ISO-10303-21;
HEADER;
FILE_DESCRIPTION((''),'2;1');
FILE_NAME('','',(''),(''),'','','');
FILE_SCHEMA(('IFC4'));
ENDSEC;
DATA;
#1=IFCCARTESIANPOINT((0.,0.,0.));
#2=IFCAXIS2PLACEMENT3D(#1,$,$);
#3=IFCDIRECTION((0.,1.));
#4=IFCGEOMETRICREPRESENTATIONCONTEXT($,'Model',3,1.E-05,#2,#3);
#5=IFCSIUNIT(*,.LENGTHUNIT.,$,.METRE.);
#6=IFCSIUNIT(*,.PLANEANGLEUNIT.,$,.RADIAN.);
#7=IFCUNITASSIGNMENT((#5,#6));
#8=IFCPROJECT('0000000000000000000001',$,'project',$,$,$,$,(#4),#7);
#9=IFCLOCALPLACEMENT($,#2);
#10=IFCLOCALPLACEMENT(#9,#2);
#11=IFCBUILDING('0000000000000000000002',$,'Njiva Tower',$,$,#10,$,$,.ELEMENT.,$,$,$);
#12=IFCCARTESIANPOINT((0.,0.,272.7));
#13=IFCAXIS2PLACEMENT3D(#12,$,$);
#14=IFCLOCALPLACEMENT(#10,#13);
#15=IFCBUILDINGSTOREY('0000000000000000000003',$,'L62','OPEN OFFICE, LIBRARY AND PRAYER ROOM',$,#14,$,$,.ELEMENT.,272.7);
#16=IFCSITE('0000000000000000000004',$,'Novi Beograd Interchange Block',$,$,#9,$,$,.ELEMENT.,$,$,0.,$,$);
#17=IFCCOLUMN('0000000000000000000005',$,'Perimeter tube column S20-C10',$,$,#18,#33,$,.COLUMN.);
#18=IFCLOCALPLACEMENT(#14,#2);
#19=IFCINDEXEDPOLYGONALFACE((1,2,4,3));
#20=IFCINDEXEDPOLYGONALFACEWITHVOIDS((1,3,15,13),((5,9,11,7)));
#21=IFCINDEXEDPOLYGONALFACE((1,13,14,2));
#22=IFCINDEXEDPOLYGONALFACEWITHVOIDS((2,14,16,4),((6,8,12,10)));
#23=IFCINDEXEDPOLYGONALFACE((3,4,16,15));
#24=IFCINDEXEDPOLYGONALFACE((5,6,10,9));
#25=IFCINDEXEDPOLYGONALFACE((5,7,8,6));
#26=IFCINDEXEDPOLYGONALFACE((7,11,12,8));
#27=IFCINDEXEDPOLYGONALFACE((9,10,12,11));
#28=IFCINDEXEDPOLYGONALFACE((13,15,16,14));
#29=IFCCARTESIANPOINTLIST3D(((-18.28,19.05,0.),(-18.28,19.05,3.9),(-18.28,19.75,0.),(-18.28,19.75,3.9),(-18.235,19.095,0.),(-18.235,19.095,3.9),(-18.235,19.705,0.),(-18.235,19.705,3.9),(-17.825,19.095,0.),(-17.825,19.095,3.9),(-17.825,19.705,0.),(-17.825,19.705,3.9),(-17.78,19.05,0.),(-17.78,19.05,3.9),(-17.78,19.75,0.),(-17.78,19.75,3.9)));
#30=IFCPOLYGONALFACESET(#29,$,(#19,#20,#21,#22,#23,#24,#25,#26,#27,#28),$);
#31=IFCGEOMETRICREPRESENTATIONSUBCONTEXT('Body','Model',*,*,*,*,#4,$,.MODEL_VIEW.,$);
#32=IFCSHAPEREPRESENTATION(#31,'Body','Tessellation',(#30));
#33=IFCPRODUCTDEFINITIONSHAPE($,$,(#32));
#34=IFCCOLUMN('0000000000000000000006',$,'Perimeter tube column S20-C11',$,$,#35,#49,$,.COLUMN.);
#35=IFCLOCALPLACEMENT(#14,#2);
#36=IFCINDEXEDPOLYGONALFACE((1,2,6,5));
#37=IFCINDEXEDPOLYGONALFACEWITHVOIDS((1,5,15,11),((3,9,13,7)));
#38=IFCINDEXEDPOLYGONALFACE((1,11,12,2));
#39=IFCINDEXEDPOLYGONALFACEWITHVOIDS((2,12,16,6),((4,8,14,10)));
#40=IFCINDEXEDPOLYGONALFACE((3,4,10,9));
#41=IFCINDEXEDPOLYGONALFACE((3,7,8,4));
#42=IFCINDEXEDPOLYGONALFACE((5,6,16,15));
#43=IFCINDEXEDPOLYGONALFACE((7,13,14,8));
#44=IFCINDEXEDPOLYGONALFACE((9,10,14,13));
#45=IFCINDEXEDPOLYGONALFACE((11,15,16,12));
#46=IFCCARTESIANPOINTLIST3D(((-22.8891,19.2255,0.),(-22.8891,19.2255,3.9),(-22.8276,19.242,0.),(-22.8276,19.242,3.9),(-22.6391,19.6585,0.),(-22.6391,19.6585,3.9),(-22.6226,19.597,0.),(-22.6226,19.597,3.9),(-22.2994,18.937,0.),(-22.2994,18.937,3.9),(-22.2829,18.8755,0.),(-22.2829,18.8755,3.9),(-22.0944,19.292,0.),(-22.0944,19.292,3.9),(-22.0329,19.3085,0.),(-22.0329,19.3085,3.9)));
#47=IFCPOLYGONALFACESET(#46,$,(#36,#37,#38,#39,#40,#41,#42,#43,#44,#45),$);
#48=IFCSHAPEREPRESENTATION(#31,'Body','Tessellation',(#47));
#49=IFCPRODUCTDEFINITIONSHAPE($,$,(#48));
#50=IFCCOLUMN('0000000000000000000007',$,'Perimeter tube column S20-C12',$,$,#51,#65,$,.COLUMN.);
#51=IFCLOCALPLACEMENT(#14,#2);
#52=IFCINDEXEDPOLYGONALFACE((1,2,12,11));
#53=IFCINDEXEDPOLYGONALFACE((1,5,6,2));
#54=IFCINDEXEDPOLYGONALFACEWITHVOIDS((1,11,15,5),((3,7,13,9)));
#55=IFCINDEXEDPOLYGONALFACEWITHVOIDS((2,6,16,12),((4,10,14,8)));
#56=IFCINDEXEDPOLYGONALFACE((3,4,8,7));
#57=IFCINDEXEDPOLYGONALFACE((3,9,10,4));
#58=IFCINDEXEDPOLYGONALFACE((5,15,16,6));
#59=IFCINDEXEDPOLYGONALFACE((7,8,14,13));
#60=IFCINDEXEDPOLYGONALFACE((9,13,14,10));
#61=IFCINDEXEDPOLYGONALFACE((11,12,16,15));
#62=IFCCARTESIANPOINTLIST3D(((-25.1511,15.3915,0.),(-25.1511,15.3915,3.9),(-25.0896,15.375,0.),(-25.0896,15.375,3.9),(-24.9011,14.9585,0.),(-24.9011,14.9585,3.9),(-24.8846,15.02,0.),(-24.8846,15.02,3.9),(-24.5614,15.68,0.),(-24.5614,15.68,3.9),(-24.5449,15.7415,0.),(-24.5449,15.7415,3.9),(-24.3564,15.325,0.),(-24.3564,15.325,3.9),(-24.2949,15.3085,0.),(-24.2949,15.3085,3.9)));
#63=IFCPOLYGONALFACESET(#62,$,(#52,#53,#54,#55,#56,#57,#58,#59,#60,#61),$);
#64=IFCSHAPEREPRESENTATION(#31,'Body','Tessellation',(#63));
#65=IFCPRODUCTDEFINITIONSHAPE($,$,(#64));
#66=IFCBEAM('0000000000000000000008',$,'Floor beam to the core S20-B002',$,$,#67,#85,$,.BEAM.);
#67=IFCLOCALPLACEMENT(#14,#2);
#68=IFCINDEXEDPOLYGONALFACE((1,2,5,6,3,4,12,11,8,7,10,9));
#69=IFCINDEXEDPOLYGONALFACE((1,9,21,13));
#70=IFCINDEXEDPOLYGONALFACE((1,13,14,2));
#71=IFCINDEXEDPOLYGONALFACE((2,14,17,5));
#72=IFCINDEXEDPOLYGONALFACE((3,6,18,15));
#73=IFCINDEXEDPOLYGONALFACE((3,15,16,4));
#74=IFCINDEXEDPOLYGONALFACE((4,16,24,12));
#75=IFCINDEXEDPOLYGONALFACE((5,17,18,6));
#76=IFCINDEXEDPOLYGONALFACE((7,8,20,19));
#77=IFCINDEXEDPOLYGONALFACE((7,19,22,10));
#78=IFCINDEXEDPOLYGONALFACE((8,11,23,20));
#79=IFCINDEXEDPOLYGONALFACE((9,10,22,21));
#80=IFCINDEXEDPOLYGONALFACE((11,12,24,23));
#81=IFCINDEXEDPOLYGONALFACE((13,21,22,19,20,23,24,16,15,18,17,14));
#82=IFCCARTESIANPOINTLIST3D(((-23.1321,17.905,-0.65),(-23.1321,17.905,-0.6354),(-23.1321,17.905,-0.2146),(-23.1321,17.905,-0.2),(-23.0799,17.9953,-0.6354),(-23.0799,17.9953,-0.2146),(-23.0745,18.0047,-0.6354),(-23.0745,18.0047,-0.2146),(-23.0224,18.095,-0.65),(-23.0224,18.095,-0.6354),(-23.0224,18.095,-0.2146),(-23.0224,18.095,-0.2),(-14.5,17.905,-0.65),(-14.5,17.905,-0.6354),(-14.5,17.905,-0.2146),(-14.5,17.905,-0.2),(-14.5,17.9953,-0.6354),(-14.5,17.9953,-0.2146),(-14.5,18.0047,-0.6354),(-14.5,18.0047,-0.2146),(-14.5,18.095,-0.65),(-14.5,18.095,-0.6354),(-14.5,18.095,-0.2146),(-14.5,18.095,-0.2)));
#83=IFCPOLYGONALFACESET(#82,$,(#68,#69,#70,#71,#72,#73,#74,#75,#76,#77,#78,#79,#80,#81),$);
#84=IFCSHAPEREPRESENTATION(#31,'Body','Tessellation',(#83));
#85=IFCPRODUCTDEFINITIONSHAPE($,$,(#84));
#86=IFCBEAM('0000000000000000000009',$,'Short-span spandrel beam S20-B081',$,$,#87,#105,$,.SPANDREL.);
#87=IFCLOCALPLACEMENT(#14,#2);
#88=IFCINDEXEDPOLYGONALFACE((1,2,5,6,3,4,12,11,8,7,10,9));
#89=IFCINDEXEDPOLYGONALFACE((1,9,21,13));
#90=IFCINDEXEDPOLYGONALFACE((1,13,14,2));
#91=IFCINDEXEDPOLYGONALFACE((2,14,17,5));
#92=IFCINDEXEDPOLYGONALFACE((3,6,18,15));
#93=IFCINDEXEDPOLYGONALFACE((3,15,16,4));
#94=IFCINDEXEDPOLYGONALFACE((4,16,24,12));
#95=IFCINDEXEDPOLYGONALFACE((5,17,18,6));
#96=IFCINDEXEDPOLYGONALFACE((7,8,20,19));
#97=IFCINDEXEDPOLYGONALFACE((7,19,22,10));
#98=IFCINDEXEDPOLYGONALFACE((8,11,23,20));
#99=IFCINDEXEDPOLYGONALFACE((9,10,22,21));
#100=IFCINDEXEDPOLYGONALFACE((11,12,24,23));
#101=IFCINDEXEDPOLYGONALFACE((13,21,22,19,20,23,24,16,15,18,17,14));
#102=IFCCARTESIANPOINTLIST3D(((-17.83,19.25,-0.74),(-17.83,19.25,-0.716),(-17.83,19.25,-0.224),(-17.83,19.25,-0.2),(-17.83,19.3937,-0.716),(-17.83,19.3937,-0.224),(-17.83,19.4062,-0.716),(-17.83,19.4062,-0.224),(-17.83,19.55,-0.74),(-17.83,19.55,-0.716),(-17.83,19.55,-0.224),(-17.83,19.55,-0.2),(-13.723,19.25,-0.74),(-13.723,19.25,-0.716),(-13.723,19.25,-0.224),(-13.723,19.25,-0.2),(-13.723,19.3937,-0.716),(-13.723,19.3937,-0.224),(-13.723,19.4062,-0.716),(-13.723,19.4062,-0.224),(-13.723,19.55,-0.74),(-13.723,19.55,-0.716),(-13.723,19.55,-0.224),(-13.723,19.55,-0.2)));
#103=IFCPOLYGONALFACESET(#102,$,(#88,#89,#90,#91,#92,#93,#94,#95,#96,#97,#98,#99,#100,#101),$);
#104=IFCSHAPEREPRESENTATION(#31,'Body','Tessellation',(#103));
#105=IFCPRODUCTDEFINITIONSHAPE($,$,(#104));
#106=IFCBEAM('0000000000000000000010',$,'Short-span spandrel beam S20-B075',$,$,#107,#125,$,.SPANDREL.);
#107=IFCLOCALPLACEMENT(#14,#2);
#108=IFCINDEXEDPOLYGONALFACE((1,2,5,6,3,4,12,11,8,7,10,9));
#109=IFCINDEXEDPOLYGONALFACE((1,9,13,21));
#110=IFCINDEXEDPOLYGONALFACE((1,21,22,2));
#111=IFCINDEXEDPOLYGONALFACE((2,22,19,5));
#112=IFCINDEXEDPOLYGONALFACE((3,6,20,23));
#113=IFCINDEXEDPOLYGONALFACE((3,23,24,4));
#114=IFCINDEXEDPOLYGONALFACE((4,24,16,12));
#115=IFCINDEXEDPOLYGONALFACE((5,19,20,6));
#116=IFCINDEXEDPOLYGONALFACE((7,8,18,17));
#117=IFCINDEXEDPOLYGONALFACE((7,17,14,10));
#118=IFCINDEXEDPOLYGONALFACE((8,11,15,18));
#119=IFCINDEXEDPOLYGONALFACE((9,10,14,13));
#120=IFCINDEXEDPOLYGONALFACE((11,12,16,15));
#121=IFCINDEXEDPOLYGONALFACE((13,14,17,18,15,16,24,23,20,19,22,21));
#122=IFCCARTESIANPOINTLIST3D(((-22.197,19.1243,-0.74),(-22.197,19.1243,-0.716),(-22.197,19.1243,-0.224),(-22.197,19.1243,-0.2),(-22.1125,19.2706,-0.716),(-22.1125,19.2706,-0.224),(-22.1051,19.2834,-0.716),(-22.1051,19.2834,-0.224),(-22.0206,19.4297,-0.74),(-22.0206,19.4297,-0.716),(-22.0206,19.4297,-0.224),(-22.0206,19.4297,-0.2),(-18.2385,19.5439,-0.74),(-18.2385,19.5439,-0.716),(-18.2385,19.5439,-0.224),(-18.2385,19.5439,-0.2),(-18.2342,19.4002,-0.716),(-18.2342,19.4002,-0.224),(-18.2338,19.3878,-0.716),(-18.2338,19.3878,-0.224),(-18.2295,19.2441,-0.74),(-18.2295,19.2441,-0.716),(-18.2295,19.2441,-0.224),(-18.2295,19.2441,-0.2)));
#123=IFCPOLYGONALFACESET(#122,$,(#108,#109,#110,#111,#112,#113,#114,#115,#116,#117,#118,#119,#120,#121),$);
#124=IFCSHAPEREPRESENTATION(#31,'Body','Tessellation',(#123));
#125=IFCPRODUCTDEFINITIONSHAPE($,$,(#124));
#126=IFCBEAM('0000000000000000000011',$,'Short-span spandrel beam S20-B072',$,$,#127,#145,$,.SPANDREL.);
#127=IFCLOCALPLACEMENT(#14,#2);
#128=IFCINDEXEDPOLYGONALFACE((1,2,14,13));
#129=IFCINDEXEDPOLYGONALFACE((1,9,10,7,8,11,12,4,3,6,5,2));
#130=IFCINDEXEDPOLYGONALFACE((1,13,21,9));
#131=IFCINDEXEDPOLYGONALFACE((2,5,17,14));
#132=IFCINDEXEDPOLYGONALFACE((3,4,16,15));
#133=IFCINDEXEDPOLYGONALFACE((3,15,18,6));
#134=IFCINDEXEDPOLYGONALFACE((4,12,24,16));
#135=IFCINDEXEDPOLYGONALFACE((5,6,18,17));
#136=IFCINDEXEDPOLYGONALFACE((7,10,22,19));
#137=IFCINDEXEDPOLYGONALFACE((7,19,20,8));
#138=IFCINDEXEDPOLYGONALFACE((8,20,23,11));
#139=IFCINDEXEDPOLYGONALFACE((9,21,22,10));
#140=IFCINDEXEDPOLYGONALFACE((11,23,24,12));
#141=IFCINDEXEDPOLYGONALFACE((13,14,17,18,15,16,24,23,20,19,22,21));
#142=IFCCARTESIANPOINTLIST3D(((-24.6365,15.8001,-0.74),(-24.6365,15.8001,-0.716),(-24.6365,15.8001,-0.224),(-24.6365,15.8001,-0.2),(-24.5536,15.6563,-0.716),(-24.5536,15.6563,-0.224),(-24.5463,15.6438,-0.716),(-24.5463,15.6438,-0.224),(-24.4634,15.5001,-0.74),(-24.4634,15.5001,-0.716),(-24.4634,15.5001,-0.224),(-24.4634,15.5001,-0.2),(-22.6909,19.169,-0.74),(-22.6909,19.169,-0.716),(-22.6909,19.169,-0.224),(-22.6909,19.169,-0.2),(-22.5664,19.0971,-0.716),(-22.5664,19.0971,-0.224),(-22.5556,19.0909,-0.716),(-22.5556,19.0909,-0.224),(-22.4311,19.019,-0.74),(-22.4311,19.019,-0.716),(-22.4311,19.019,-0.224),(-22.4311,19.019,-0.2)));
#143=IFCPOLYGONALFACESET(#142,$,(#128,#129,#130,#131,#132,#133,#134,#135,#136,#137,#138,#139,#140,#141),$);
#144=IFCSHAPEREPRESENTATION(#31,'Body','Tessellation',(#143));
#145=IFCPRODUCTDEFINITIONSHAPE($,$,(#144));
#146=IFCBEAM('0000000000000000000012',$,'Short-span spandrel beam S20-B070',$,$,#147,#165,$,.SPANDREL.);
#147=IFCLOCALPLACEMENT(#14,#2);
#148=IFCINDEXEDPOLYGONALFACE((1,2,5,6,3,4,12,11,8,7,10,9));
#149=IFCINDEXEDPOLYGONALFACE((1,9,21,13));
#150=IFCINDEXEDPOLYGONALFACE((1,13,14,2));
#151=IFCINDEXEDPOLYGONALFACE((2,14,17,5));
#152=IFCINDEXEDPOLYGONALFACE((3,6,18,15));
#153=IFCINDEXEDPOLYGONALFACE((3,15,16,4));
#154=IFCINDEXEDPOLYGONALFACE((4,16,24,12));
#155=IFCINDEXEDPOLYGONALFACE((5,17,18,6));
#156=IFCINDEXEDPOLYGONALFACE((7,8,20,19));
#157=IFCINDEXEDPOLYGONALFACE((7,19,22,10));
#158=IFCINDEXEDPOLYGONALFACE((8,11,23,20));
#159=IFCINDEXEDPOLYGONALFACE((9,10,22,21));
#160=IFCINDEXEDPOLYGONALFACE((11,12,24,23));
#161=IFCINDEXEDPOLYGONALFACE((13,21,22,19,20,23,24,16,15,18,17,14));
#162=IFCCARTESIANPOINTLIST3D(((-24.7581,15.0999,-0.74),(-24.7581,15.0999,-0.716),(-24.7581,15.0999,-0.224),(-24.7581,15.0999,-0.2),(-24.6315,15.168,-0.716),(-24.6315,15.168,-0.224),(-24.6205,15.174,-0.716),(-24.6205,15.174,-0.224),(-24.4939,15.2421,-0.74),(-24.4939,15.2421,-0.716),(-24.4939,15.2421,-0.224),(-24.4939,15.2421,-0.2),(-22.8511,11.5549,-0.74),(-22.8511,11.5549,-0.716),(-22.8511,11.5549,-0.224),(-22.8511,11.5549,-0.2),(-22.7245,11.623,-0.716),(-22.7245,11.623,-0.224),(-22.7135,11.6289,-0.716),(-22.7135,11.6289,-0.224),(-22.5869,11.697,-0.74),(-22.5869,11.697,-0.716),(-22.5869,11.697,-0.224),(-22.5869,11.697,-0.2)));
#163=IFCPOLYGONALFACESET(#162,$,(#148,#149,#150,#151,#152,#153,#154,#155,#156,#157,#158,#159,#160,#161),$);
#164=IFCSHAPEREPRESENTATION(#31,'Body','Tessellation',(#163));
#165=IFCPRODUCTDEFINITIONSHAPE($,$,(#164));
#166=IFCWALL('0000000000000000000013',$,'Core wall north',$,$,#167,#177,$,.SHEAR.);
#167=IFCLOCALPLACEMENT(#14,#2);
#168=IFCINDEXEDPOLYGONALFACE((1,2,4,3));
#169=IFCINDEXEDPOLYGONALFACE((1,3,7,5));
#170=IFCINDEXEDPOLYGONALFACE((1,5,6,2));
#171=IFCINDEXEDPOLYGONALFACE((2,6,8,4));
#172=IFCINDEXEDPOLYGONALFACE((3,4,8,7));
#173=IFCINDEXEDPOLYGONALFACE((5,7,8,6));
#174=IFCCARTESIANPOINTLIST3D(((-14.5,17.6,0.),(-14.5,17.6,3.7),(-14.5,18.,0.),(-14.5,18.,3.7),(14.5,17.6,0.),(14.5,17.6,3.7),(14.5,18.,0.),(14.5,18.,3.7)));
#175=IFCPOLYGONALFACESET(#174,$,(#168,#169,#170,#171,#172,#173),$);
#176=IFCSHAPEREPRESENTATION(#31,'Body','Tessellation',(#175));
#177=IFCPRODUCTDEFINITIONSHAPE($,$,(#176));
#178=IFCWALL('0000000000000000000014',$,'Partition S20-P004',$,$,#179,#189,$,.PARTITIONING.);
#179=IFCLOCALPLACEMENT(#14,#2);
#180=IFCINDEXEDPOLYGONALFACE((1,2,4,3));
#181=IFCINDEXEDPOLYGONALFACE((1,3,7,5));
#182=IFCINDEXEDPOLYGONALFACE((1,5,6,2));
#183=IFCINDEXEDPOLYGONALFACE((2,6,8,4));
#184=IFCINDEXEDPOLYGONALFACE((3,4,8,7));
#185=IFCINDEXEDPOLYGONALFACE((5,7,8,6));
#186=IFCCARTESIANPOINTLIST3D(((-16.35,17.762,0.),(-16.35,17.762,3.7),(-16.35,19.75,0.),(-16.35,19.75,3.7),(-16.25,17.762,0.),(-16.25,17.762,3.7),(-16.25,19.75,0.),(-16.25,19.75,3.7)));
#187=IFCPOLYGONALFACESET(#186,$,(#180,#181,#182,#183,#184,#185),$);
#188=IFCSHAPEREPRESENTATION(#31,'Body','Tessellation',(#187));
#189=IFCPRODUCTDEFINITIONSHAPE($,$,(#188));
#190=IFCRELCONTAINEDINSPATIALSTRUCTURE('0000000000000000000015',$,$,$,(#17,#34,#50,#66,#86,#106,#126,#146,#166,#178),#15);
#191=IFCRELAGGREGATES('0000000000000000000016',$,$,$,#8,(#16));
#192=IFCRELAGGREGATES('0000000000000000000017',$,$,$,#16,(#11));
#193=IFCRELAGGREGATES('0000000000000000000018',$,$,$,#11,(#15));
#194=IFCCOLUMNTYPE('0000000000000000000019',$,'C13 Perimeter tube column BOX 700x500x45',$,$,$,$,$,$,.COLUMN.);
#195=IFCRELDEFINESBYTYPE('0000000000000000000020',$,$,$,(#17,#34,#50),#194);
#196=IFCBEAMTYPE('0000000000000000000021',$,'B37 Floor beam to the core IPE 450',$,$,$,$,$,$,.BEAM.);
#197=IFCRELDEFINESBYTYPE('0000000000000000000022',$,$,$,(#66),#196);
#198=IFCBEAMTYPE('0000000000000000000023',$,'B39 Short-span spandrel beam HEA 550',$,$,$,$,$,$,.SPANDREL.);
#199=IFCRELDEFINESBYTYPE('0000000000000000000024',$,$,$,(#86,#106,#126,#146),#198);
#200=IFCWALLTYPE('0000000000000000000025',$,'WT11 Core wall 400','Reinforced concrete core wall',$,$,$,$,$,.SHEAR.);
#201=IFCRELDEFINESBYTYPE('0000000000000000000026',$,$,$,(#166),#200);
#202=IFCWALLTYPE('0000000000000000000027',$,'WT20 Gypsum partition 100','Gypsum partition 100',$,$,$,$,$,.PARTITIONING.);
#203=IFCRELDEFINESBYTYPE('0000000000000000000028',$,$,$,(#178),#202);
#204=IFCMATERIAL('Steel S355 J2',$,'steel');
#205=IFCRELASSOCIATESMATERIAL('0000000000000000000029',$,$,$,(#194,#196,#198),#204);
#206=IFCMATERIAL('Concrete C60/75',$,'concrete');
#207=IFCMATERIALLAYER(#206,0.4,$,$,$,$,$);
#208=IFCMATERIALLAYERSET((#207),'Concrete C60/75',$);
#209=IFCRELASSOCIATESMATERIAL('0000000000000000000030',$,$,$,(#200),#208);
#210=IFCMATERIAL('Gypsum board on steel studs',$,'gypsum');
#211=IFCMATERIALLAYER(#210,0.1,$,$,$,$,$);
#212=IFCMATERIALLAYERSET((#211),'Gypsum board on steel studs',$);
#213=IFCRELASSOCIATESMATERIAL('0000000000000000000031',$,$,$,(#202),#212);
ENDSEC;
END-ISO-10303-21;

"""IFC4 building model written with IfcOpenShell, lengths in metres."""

from ifc_helpers import new_model, si_unit, direction, frame, frame_2d, origin, origin_2d, place, context, subcontext, project, spatial, rectangle, hollow_rectangle, i_section, extrude, clip, halfspace, material, layer, layer_set, material_profile, profile_set, type_object, element, save


model = new_model("IFC4")

# Units and contexts
model_context = context("Model", 3, precision=1e-05, world=origin(), true_north=direction((0.0, 1.0)))
body_context = subcontext(model_context, "Body", "Model", "MODEL_VIEW")
ifc_project = project(units=[si_unit("LENGTHUNIT", "METRE"), si_unit("PLANEANGLEUNIT", "RADIAN")], contexts=[model_context])

# Site, building, storey
site_placement = place(None, origin())
site = spatial("IfcSite", under=ifc_project, at=site_placement, Name="Novi Beograd Interchange Block", CompositionType="ELEMENT", RefElevation=0.0)
building_placement = place(site_placement, origin())
building = spatial("IfcBuilding", under=site, at=building_placement, Name="Njiva Tower", CompositionType="ELEMENT")
storey_placement = place(building_placement, frame((0.0, 0.0, 272.7)))
storey = spatial("IfcBuildingStorey", under=building, at=storey_placement, Name="L62", Description="OPEN OFFICE, LIBRARY AND PRAYER ROOM", CompositionType="ELEMENT", Elevation=272.7)

# Columns
ifc_material_1 = material(Name="Steel S355 J2", Category="steel")
ifc_material_profile_1 = material_profile(ifc_material_1, hollow_rectangle(XDim=0.5, YDim=0.7, WallThickness=0.045, at=origin_2d()), Name="BOX 700x500x45")
ifc_profile_set_1 = profile_set([ifc_material_profile_1], Name="Steel S355 J2")
column_type = type_object("IfcColumnType", Name="C13 Perimeter tube column BOX 700x500x45", PredefinedType="COLUMN", material=ifc_profile_set_1)
for number, where, z_axis, x_axis, name in (
    (1, (-18.03, 19.4, 0.0), (0.0, 0.0, 1.0), (-1.0, 0.0, 0.0), "Perimeter tube column S20-C10"),
    (2, (-22.461, 19.267, 0.0), (0.0, 0.0, 1.0), (-0.5, -0.866025, 0.0), "Perimeter tube column S20-C11"),
    (3, (-24.723, 15.35, 0.0), (0.0, 0.0, 1.0), (0.5, -0.866025, 0.0), "Perimeter tube column S20-C12"),
):
    element("IfcColumn", number, at=place(storey_placement, frame(where, z_axis=z_axis, x_axis=x_axis)), inside=storey, type_object=column_type, Name=name, PredefinedType="COLUMN", context=body_context, shape_type="SweptSolid", body=[
        extrude(hollow_rectangle(XDim=0.5, YDim=0.7, WallThickness=0.045, at=origin_2d()), origin(), (0.0, 0.0, 1.0), 3.9),
    ])

# Beams
ifc_material_profile_2 = material_profile(ifc_material_1, i_section(OverallWidth=0.19, OverallDepth=0.45, WebThickness=0.0094, FlangeThickness=0.0146, at=origin_2d()), Name="IPE 450")
ifc_profile_set_2 = profile_set([ifc_material_profile_2], Name="Steel S355 J2")
beam_type_1 = type_object("IfcBeamType", Name="B37 Floor beam to the core IPE 450", PredefinedType="BEAM", material=ifc_profile_set_2)
beam_1_placement = place(storey_placement, frame((-23.152, 18.0, -0.425), z_axis=(1.0, 0.0, 0.0), x_axis=(0.0, 1.0, 0.0)))
element("IfcBeam", 4, at=beam_1_placement, inside=storey, type_object=beam_type_1, Name="Floor beam to the core S20-B002", PredefinedType="BEAM", context=body_context, shape_type="Clipping", body=[
    clip(extrude(i_section(OverallWidth=0.19, OverallDepth=0.45, WebThickness=0.0094, FlangeThickness=0.0146, at=origin_2d()), origin(), (0.0, 0.0, 1.0), 8.652), halfspace(frame((0.025, 0.0, 0.0892), z_axis=(0.499998, 0.0, -0.866027), x_axis=(0.0, -1.0, 0.0)), False)),
])
ifc_material_profile_3 = material_profile(ifc_material_1, i_section(OverallWidth=0.3, OverallDepth=0.54, WebThickness=0.0125, FlangeThickness=0.024, at=origin_2d()), Name="HEA 550")
ifc_profile_set_3 = profile_set([ifc_material_profile_3], Name="Steel S355 J2")
beam_type_2 = type_object("IfcBeamType", Name="B39 Short-span spandrel beam HEA 550", PredefinedType="SPANDREL", material=ifc_profile_set_3)
beam_2_placement = place(storey_placement, frame((-13.723, 19.4, -0.47), z_axis=(-1.0, 0.0, 0.0), x_axis=(0.0, -1.0, 0.0)))
element("IfcBeam", 5, at=beam_2_placement, inside=storey, type_object=beam_type_2, Name="Short-span spandrel beam S20-B081", PredefinedType="SPANDREL", context=body_context, shape_type="SweptSolid", body=[
    extrude(i_section(OverallWidth=0.3, OverallDepth=0.54, WebThickness=0.0125, FlangeThickness=0.024, at=origin_2d()), origin(), (0.0, 0.0, 1.0), 4.107),
])
beam_3_placement = place(storey_placement, frame((-18.234, 19.394, -0.47), z_axis=(-0.999544, -0.03018, 0.0), x_axis=(0.03018, -0.999544, 0.0)))
element("IfcBeam", 6, at=beam_3_placement, inside=storey, type_object=beam_type_2, Name="Short-span spandrel beam S20-B075", PredefinedType="SPANDREL", context=body_context, shape_type="Clipping", body=[
    clip(extrude(i_section(OverallWidth=0.3, OverallDepth=0.54, WebThickness=0.0125, FlangeThickness=0.024, at=origin_2d()), origin(), (0.0, 0.0, 1.0), 3.9898), halfspace(frame((-0.0268, 0.0, 3.86), z_axis=(-0.525907, 0.0, 0.850542), x_axis=(0.0, 1.0, 0.0)), False)),
])
beam_4_placement = place(storey_placement, frame((-22.561, 19.094, -0.47), z_axis=(-0.500114, -0.865959, 0.0), x_axis=(0.865959, -0.500114, 0.0)))
element("IfcBeam", 7, at=beam_4_placement, inside=storey, type_object=beam_type_2, Name="Short-span spandrel beam S20-B072", PredefinedType="SPANDREL", context=body_context, shape_type="Clipping", body=[
    clip(extrude(i_section(OverallWidth=0.3, OverallDepth=0.54, WebThickness=0.0125, FlangeThickness=0.024, at=origin_2d()), origin(), (0.0, 0.0, 1.0), 4.0841), halfspace(frame((-0.0246, 0.0, 3.9628), z_axis=(-0.499888, 0.0, 0.86609), x_axis=(0.0, 1.0, 0.0)), False)),
])
beam_5_placement = place(storey_placement, frame((-24.626, 15.171, -0.47), z_axis=(0.473744, -0.880662, 0.0), x_axis=(0.880662, 0.473744, 0.0)))
element("IfcBeam", 8, at=beam_5_placement, inside=storey, type_object=beam_type_2, Name="Short-span spandrel beam S20-B070", PredefinedType="SPANDREL", context=body_context, shape_type="SweptSolid", body=[
    extrude(i_section(OverallWidth=0.3, OverallDepth=0.54, WebThickness=0.0125, FlangeThickness=0.024, at=origin_2d()), origin(), (0.0, 0.0, 1.0), 4.0254),
])

# Walls
ifc_material_2 = material(Name="Concrete C60/75", Category="concrete")
ifc_layer_1 = layer(ifc_material_2, 0.4)
ifc_layer_set_1 = layer_set([ifc_layer_1], Name="Concrete C60/75")
wall_type_1 = type_object("IfcWallType", Name="WT11 Core wall 400", Description="Reinforced concrete core wall", PredefinedType="SHEAR", material=ifc_layer_set_1)
wall_1_placement = place(storey_placement, frame((-14.5, 17.8, 0.0), z_axis=(0.0, 0.0, 1.0), x_axis=(1.0, 0.0, 0.0)))
element("IfcWall", 9, at=wall_1_placement, inside=storey, type_object=wall_type_1, Name="Core wall north", PredefinedType="SHEAR", context=body_context, shape_type="SweptSolid", body=[
    extrude(rectangle(XDim=29.0, YDim=0.4, at=frame_2d((14.5, 0.0))), origin(), (0.0, 0.0, 1.0), 3.7),
])
ifc_material_3 = material(Name="Gypsum board on steel studs", Category="gypsum")
ifc_layer_2 = layer(ifc_material_3, 0.1)
ifc_layer_set_2 = layer_set([ifc_layer_2], Name="Gypsum board on steel studs")
wall_type_2 = type_object("IfcWallType", Name="WT20 Gypsum partition 100", Description="Gypsum partition 100", PredefinedType="PARTITIONING", material=ifc_layer_set_2)
wall_2_placement = place(storey_placement, frame((-16.3, 17.762, 0.0), z_axis=(0.0, 0.0, 1.0), x_axis=(0.0, 1.0, 0.0)))
element("IfcWall", 10, at=wall_2_placement, inside=storey, type_object=wall_type_2, Name="Partition S20-P004", PredefinedType="PARTITIONING", context=body_context, shape_type="SweptSolid", body=[
    extrude(rectangle(XDim=1.988, YDim=0.1, at=frame_2d((0.994, 0.0))), origin(), (0.0, 0.0, 1.0), 3.7),
])

save(model, "model.ifc")
